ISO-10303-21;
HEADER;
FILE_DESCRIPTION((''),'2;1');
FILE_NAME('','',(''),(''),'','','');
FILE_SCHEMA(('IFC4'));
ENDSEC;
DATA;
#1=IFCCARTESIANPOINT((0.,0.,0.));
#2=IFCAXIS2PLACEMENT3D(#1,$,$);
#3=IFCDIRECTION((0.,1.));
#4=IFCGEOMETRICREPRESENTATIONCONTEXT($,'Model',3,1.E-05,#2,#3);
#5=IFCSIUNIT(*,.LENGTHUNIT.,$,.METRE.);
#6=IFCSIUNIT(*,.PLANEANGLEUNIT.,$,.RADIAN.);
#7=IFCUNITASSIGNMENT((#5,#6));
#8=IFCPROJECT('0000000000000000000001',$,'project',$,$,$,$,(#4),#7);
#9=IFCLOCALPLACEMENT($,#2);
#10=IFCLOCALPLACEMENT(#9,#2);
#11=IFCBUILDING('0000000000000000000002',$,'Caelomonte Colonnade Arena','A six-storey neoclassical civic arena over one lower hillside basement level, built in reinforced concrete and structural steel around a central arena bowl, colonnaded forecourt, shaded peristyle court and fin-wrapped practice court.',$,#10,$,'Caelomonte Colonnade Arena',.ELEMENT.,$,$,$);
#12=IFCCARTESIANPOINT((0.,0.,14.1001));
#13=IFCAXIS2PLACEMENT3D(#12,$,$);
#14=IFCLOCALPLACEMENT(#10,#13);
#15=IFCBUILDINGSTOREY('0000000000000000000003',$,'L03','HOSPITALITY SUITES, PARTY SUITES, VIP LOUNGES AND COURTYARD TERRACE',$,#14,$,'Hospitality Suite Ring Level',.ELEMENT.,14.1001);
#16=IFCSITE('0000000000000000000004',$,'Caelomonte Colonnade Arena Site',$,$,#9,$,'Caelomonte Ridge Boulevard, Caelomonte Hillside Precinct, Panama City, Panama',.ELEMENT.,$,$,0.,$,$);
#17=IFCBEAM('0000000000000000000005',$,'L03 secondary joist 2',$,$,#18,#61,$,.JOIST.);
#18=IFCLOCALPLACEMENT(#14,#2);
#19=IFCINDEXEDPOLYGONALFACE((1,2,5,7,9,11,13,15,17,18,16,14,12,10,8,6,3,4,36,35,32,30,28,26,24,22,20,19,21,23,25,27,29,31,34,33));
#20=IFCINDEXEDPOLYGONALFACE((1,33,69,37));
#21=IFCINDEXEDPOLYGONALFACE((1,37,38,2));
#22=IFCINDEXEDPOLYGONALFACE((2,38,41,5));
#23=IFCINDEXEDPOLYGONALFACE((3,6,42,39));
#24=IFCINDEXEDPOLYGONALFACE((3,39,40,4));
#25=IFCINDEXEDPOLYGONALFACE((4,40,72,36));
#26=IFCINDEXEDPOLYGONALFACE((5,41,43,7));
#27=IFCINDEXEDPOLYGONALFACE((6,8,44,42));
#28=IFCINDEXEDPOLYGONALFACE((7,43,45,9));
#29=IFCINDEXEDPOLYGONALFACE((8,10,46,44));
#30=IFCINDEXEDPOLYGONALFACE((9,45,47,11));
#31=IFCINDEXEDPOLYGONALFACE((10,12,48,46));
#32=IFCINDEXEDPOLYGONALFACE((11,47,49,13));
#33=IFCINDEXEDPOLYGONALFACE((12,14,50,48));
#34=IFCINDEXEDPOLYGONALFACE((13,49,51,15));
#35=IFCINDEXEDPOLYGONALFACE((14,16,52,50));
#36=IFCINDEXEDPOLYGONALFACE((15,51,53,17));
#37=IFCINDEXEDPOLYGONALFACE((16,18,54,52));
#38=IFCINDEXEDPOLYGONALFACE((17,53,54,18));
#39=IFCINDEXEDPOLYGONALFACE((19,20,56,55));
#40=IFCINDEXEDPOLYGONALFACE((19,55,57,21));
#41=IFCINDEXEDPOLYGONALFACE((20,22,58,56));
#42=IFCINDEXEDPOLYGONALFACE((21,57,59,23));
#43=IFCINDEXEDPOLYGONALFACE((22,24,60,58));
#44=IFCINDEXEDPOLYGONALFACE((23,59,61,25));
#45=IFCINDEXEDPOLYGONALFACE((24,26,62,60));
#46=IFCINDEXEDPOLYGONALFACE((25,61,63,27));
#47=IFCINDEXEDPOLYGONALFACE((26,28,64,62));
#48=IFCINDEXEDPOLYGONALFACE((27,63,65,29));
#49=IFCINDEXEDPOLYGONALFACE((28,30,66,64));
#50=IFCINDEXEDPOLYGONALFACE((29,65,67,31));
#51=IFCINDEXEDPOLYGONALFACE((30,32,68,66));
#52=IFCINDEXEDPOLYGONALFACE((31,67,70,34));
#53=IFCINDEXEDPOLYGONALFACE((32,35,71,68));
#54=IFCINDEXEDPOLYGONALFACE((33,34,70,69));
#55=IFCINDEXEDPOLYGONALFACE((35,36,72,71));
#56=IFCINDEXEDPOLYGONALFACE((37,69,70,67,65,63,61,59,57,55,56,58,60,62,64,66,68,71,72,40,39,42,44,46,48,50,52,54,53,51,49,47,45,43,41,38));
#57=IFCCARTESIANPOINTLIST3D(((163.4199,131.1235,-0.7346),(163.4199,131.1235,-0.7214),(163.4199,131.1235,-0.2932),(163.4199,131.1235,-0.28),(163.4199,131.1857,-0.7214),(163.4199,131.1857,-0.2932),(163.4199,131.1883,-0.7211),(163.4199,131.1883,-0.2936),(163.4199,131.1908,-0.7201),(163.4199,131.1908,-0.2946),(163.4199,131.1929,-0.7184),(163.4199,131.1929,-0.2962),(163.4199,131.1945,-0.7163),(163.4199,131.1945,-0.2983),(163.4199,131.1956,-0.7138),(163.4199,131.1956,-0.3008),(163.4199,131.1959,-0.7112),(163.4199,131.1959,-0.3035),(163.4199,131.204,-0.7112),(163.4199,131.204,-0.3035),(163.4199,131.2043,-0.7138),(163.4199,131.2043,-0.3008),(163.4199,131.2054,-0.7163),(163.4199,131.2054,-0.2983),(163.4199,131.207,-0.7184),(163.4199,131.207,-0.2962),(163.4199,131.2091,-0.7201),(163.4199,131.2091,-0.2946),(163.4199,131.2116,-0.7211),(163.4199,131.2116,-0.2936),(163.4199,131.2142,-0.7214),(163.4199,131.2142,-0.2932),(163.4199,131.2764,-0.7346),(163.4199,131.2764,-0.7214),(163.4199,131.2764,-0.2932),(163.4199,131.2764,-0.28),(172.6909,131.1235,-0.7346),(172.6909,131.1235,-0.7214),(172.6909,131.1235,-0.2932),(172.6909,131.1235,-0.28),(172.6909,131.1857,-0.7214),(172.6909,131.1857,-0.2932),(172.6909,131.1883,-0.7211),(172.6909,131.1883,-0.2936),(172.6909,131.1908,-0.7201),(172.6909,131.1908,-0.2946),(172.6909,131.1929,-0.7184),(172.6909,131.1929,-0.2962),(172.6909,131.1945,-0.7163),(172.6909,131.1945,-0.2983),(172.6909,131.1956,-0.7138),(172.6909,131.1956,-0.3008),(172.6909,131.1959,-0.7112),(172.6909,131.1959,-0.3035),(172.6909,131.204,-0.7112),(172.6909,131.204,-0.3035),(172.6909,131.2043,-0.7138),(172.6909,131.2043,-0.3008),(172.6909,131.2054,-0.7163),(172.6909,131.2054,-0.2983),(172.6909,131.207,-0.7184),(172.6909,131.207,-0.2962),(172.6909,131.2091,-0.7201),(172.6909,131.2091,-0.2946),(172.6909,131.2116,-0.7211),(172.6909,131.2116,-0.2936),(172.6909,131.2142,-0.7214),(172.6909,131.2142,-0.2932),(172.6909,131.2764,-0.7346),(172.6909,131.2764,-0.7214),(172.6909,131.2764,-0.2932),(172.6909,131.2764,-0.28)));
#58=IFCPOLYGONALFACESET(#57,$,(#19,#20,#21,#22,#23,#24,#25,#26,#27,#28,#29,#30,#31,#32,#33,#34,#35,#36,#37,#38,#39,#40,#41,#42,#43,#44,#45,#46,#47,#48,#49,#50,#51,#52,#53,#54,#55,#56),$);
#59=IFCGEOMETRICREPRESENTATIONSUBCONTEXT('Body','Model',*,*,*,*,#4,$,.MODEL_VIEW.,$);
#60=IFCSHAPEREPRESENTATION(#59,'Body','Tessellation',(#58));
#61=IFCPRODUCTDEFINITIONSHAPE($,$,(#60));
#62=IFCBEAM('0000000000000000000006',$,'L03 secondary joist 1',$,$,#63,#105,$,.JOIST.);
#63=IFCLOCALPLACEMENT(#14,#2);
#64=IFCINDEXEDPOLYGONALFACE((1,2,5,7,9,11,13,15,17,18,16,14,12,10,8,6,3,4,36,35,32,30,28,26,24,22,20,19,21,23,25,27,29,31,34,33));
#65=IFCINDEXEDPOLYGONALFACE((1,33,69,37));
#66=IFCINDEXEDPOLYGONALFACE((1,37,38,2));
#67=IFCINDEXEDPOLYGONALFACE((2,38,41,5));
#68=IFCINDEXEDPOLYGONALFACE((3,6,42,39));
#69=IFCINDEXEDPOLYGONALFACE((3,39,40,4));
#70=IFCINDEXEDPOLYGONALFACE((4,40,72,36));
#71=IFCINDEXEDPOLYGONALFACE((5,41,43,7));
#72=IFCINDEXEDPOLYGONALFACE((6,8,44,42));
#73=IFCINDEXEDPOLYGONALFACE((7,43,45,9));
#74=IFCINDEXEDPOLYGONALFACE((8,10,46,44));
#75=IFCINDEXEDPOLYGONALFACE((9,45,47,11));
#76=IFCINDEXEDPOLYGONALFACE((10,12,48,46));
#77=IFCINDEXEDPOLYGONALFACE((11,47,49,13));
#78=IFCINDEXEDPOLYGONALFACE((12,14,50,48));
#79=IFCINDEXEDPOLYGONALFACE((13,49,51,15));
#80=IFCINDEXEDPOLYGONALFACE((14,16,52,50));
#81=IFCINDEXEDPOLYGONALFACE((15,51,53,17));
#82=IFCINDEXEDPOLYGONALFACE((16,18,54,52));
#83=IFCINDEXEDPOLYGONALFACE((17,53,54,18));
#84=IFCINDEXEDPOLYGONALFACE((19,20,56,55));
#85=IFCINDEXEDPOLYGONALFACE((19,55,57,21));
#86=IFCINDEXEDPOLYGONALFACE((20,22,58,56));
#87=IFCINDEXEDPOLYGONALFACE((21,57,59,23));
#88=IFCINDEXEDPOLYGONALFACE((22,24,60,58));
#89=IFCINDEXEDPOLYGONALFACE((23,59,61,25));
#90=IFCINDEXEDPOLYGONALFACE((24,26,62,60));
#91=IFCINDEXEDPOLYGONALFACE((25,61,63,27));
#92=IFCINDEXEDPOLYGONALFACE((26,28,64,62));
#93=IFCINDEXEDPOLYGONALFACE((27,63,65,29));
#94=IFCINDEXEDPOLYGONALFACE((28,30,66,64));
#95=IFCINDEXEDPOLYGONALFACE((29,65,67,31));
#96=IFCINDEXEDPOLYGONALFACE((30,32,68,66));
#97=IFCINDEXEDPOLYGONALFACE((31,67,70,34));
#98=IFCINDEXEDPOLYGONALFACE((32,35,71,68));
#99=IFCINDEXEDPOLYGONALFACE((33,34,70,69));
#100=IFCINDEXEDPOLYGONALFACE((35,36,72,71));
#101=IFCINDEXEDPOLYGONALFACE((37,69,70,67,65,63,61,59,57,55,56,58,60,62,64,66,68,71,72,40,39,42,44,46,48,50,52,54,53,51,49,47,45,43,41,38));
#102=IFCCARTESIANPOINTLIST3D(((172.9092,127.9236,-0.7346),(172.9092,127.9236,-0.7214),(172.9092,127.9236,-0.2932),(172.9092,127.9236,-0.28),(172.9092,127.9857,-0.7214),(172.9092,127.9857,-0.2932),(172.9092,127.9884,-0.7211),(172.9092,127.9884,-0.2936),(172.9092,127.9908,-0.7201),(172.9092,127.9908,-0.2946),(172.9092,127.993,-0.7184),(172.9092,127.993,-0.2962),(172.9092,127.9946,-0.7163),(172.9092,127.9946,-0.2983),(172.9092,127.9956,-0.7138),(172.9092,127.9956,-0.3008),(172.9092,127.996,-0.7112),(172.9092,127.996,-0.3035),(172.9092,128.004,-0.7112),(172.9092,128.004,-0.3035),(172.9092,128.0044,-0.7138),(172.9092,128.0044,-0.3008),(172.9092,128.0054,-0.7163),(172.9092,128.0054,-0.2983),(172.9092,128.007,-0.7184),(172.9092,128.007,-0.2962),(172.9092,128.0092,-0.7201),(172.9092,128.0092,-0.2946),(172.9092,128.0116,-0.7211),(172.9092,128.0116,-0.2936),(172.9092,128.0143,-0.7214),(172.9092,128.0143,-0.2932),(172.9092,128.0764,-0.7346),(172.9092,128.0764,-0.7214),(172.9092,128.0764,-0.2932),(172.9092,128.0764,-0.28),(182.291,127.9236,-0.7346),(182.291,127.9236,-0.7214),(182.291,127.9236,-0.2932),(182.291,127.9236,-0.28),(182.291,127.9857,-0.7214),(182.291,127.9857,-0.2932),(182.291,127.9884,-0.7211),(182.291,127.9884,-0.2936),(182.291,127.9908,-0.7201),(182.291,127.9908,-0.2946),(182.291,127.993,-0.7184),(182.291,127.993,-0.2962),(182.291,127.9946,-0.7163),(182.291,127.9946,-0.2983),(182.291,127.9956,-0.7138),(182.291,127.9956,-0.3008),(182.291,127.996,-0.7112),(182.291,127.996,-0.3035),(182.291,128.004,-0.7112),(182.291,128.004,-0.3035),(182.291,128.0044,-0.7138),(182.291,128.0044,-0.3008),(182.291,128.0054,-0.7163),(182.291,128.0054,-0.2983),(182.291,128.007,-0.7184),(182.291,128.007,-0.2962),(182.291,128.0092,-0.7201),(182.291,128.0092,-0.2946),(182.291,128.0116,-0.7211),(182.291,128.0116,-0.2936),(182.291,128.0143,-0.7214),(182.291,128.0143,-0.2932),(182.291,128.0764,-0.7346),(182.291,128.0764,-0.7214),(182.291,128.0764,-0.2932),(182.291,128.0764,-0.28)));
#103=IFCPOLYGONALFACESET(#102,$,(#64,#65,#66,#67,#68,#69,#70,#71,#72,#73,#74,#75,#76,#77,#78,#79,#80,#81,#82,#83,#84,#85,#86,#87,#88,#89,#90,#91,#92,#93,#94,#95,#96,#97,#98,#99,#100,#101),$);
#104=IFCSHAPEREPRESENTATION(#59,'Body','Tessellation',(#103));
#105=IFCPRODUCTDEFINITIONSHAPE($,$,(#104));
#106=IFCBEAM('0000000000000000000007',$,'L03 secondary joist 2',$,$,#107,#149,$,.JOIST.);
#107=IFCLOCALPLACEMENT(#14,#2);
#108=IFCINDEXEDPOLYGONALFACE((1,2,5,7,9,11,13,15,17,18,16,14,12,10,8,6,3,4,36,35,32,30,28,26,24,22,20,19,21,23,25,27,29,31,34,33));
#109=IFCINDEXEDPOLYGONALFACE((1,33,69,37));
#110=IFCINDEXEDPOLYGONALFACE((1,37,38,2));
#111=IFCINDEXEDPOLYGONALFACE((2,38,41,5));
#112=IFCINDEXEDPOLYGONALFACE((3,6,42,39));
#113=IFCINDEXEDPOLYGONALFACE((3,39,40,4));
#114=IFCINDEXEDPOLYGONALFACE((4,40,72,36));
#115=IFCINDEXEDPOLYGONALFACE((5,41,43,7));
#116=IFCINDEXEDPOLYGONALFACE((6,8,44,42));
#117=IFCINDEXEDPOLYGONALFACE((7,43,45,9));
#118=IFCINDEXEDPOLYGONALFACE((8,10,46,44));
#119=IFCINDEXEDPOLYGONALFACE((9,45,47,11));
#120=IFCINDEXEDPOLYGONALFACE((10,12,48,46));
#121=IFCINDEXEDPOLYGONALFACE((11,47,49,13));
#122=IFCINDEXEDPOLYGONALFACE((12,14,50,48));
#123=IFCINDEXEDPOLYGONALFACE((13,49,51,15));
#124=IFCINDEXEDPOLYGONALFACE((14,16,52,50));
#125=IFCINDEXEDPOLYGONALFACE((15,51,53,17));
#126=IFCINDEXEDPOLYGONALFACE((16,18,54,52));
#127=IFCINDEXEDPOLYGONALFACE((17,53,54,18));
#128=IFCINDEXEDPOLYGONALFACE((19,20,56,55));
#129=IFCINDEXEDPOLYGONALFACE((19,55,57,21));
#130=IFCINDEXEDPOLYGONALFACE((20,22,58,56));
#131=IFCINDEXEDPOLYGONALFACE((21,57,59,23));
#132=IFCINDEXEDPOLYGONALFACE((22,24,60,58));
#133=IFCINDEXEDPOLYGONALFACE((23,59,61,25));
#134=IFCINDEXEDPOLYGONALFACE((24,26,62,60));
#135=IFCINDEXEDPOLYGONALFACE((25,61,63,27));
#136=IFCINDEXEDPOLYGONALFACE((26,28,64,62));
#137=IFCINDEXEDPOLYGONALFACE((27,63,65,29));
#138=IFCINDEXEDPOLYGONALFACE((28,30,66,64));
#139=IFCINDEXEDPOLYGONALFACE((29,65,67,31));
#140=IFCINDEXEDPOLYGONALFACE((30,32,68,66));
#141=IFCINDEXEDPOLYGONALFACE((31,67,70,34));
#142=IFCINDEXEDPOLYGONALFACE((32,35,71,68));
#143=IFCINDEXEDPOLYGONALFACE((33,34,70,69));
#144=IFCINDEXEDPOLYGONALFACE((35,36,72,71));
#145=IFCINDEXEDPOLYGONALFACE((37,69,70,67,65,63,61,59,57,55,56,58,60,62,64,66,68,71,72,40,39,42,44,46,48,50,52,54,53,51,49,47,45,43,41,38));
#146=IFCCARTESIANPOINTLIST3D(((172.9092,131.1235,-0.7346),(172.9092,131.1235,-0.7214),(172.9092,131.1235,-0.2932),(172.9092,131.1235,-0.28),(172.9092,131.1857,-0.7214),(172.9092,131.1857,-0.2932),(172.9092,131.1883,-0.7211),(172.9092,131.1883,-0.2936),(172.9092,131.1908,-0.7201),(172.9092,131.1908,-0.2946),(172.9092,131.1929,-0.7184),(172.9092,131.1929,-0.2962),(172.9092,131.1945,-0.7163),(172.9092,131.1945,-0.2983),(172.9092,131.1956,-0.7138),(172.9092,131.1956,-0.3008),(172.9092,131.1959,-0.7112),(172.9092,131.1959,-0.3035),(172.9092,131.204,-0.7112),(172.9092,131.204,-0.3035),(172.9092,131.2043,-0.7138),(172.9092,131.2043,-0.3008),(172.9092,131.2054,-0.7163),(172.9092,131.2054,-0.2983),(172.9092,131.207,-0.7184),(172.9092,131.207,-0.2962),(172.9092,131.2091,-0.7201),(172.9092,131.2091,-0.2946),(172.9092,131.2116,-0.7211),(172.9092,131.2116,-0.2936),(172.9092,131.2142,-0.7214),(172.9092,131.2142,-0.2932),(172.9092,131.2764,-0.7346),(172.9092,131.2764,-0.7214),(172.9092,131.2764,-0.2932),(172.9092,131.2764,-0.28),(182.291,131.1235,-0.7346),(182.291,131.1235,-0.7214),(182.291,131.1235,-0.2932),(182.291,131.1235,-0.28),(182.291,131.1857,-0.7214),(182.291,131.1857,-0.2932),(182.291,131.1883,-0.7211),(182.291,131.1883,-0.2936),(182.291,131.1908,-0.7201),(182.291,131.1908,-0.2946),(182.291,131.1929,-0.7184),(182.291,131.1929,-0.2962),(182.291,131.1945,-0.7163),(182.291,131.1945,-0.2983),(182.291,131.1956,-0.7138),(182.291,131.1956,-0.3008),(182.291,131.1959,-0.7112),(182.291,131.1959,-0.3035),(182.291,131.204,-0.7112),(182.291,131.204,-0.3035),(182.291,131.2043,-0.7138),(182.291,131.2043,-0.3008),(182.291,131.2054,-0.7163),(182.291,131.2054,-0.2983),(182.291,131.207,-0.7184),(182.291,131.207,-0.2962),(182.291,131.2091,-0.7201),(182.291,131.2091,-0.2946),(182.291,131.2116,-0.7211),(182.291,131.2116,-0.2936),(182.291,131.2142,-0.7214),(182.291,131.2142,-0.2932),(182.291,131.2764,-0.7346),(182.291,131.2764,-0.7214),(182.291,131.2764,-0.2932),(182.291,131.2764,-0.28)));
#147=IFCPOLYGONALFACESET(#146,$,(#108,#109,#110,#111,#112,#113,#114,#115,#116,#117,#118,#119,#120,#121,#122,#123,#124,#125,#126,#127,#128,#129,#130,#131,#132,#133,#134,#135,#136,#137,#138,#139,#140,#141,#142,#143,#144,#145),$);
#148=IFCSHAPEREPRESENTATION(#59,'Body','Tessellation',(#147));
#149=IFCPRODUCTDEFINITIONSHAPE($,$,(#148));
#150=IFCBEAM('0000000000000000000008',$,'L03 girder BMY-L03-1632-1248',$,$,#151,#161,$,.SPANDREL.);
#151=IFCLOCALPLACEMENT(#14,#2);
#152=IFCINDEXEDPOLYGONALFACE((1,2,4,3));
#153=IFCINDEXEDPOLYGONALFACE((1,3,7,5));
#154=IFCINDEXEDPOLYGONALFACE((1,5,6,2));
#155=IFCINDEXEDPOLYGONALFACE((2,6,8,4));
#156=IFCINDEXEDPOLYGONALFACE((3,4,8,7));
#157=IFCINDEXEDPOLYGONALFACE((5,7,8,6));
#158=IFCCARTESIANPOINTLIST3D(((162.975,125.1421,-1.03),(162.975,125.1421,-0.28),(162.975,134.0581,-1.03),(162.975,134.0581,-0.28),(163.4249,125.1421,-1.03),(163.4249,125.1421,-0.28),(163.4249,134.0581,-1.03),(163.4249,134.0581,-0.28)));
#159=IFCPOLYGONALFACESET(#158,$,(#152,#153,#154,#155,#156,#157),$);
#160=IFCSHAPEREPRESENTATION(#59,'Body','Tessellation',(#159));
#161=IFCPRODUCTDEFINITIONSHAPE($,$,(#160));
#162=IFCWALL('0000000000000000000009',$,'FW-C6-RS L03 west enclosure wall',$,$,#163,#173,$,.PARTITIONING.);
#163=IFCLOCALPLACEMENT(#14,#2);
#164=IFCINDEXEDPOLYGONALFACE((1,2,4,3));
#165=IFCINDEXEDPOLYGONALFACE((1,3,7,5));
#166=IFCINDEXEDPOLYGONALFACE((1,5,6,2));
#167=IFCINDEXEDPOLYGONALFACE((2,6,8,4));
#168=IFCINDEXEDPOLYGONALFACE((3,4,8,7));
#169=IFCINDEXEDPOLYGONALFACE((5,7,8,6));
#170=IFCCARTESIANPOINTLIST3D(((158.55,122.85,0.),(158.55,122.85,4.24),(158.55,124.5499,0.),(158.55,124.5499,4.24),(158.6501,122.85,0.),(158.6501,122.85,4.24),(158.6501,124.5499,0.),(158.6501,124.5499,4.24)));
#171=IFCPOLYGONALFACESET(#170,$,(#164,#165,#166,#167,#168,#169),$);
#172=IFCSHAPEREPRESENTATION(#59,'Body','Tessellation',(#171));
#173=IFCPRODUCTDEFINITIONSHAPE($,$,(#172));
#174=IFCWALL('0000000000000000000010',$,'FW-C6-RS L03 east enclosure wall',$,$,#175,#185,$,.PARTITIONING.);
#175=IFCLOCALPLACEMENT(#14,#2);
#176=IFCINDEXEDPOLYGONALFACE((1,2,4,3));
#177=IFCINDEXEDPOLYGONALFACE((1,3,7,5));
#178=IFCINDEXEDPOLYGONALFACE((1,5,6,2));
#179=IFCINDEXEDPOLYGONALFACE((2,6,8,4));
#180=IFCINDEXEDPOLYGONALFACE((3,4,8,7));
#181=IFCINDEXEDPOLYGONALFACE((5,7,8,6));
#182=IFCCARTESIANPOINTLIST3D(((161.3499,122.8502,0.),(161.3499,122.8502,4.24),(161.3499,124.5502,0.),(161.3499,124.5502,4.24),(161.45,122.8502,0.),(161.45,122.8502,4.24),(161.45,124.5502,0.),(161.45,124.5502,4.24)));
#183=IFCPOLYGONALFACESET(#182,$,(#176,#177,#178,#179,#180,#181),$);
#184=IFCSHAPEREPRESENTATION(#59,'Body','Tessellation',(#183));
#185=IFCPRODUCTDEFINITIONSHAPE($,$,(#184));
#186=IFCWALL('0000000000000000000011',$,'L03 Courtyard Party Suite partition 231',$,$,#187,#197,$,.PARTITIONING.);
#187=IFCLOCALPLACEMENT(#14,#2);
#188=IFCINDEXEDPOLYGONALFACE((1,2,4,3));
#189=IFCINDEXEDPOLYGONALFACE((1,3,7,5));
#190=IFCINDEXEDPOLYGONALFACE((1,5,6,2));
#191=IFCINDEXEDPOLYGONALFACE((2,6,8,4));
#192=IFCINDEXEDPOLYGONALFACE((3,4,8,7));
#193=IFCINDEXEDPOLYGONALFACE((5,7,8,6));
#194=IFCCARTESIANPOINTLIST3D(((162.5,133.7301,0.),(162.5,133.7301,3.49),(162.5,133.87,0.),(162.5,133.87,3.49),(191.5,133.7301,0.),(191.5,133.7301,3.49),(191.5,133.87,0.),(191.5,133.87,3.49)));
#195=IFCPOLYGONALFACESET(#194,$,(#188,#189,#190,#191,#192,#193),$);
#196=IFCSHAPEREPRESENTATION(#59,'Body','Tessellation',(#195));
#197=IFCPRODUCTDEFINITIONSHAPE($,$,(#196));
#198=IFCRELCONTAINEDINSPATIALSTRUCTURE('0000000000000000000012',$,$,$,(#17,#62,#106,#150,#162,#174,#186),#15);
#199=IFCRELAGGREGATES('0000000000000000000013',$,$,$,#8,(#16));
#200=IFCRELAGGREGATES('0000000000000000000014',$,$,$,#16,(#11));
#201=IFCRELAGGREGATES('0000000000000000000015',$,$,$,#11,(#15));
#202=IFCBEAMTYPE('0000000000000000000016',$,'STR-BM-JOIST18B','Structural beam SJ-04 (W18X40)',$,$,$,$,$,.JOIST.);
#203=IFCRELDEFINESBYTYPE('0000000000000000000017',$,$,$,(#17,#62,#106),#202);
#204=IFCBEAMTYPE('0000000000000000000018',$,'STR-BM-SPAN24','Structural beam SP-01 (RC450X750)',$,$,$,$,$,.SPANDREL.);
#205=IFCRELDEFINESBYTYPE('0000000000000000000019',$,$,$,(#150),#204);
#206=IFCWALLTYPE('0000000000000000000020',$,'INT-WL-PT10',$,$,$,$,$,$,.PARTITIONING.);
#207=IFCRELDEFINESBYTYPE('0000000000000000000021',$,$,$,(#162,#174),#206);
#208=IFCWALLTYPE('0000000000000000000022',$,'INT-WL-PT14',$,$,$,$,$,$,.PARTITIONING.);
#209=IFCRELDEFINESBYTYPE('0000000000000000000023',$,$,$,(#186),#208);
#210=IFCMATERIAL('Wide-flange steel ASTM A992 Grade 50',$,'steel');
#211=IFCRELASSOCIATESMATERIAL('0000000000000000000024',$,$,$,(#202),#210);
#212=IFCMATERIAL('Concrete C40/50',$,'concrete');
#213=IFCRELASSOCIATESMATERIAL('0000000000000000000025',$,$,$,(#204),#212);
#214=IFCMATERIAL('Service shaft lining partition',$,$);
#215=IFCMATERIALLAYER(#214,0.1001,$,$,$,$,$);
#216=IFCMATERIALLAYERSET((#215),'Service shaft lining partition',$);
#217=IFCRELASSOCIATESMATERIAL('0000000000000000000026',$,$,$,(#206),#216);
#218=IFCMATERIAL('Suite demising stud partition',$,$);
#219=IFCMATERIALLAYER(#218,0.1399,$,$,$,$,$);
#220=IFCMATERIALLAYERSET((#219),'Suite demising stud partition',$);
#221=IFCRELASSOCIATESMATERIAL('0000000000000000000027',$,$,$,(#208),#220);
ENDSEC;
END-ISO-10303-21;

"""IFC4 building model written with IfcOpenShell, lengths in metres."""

from ifc_helpers import new_model, si_unit, direction, frame, frame_2d, origin, origin_2d, place, context, subcontext, project, spatial, rectangle, i_section, extrude, material, layer, layer_set, material_profile, profile_set, type_object, element, save


model = new_model("IFC4")

# Units and contexts
model_context = context("Model", 3, precision=1e-05, world=origin(), true_north=direction((0.0, 1.0)))
body_context = subcontext(model_context, "Body", "Model", "MODEL_VIEW")
ifc_project = project(units=[si_unit("LENGTHUNIT", "METRE"), si_unit("PLANEANGLEUNIT", "RADIAN")], contexts=[model_context])

# Site, building, storey
site_placement = place(None, origin())
site = spatial("IfcSite", under=ifc_project, at=site_placement, Name="Caelomonte Colonnade Arena Site", LongName="Caelomonte Ridge Boulevard, Caelomonte Hillside Precinct, Panama City, Panama", CompositionType="ELEMENT", RefElevation=0.0)
building_placement = place(site_placement, origin())
building = spatial("IfcBuilding", under=site, at=building_placement, Name="Caelomonte Colonnade Arena", Description="A six-storey neoclassical civic arena over one lower hillside basement level, built in reinforced concrete and structural steel around a central arena bowl, colonnaded forecourt, shaded peristyle court and fin-wrapped practice court.", LongName="Caelomonte Colonnade Arena", CompositionType="ELEMENT")
storey_placement = place(building_placement, frame((0.0, 0.0, 14.1001)))
storey = spatial("IfcBuildingStorey", under=building, at=storey_placement, Name="L03", Description="HOSPITALITY SUITES, PARTY SUITES, VIP LOUNGES AND COURTYARD TERRACE", LongName="Hospitality Suite Ring Level", CompositionType="ELEMENT", Elevation=14.1001)

# Shared definitions
ifc_material_1 = material(Name="Concrete C40/50", Category="concrete")

# Beams
ifc_material_2 = material(Name="Wide-flange steel ASTM A992 Grade 50", Category="steel")
ifc_material_profile_1 = material_profile(ifc_material_2, i_section(OverallWidth=0.1528, OverallDepth=0.4546, WebThickness=0.0081, FlangeThickness=0.0132, FilletRadius=0.0103, at=origin_2d()), Name="W18X40")
ifc_profile_set_1 = profile_set([ifc_material_profile_1], Name="Wide-flange steel ASTM A992 Grade 50")
beam_type_1 = type_object("IfcBeamType", Name="STR-BM-JOIST18B", Description="Structural beam SJ-04 (W18X40)", PredefinedType="JOIST", material=ifc_profile_set_1)
for number, where, z_axis, x_axis, name in (
    (1, (163.4199, 131.2, -0.5073), (1.0, 0.0, 0.0), (0.0, 1.0, 0.0), "L03 secondary joist 2"),
):
    element("IfcBeam", number, at=place(storey_placement, frame(where, z_axis=z_axis, x_axis=x_axis)), inside=storey, type_object=beam_type_1, Name=name, PredefinedType="JOIST", context=body_context, shape_type="SweptSolid", body=[
        extrude(i_section(OverallWidth=0.1528, OverallDepth=0.4546, WebThickness=0.0081, FlangeThickness=0.0132, FilletRadius=0.0103, at=origin_2d()), origin(), (0.0, 0.0, 1.0), 9.271),
    ])
for number, where, z_axis, x_axis, name in (
    (2, (172.9092, 128.0, -0.5073), (1.0, 0.0, 0.0), (0.0, 1.0, 0.0), "L03 secondary joist 1"),
    (3, (172.9092, 131.2, -0.5073), (1.0, 0.0, 0.0), (0.0, 1.0, 0.0), "L03 secondary joist 2"),
):
    element("IfcBeam", number, at=place(storey_placement, frame(where, z_axis=z_axis, x_axis=x_axis)), inside=storey, type_object=beam_type_1, Name=name, PredefinedType="JOIST", context=body_context, shape_type="SweptSolid", body=[
        extrude(i_section(OverallWidth=0.1528, OverallDepth=0.4546, WebThickness=0.0081, FlangeThickness=0.0132, FilletRadius=0.0103, at=origin_2d()), origin(), (0.0, 0.0, 1.0), 9.3818),
    ])
ifc_material_profile_2 = material_profile(ifc_material_1, rectangle(XDim=0.45, YDim=0.75, at=origin_2d()), Name="RC450X750")
ifc_profile_set_2 = profile_set([ifc_material_profile_2], Name="Concrete C40/50")
beam_type_2 = type_object("IfcBeamType", Name="STR-BM-SPAN24", Description="Structural beam SP-01 (RC450X750)", PredefinedType="SPANDREL", material=ifc_profile_set_2)
beam_1_placement = place(storey_placement, frame((163.2, 125.1421, -0.655), z_axis=(0.0, 1.0, 0.0), x_axis=(-1.0, 0.0, 0.0)))
element("IfcBeam", 4, at=beam_1_placement, inside=storey, type_object=beam_type_2, Name="L03 girder BMY-L03-1632-1248", PredefinedType="SPANDREL", context=body_context, shape_type="SweptSolid", body=[
    extrude(rectangle(XDim=0.45, YDim=0.75, at=origin_2d()), origin(), (0.0, 0.0, 1.0), 8.916),
])

# Walls
ifc_material_3 = material(Name="Service shaft lining partition")
ifc_layer_1 = layer(ifc_material_3, 0.1001)
ifc_layer_set_1 = layer_set([ifc_layer_1], Name="Service shaft lining partition")
wall_type_1 = type_object("IfcWallType", Name="INT-WL-PT10", PredefinedType="PARTITIONING", material=ifc_layer_set_1)
for number, where, z_axis, x_axis, name in (
    (5, (158.6001, 124.55, 0.0), (0.0, 0.0, 1.0), (0.0, -1.0, 0.0), "FW-C6-RS L03 west enclosure wall"),
    (6, (161.3999, 122.8501, 0.0), (0.0, 0.0, 1.0), (0.0, 1.0, 0.0), "FW-C6-RS L03 east enclosure wall"),
):
    element("IfcWall", number, at=place(storey_placement, frame(where, z_axis=z_axis, x_axis=x_axis)), inside=storey, type_object=wall_type_1, Name=name, PredefinedType="PARTITIONING", context=body_context, shape_type="SweptSolid", body=[
        extrude(rectangle(XDim=1.7, YDim=0.1001, at=frame_2d((0.8501, 0.0))), origin(), (0.0, 0.0, 1.0), 4.24),
    ])
ifc_material_4 = material(Name="Suite demising stud partition")
ifc_layer_2 = layer(ifc_material_4, 0.1399)
ifc_layer_set_2 = layer_set([ifc_layer_2], Name="Suite demising stud partition")
wall_type_2 = type_object("IfcWallType", Name="INT-WL-PT14", PredefinedType="PARTITIONING", material=ifc_layer_set_2)
wall_1_placement = place(storey_placement, frame((162.5, 133.8, 0.0), z_axis=(0.0, 0.0, 1.0), x_axis=(1.0, 0.0, 0.0)))
element("IfcWall", 7, at=wall_1_placement, inside=storey, type_object=wall_type_2, Name="L03 Courtyard Party Suite partition 231", PredefinedType="PARTITIONING", context=body_context, shape_type="SweptSolid", body=[
    extrude(rectangle(XDim=29.0, YDim=0.1399, at=frame_2d((14.5, 0.0))), origin(), (0.0, 0.0, 1.0), 3.49),
])

save(model, "model.ifc")
